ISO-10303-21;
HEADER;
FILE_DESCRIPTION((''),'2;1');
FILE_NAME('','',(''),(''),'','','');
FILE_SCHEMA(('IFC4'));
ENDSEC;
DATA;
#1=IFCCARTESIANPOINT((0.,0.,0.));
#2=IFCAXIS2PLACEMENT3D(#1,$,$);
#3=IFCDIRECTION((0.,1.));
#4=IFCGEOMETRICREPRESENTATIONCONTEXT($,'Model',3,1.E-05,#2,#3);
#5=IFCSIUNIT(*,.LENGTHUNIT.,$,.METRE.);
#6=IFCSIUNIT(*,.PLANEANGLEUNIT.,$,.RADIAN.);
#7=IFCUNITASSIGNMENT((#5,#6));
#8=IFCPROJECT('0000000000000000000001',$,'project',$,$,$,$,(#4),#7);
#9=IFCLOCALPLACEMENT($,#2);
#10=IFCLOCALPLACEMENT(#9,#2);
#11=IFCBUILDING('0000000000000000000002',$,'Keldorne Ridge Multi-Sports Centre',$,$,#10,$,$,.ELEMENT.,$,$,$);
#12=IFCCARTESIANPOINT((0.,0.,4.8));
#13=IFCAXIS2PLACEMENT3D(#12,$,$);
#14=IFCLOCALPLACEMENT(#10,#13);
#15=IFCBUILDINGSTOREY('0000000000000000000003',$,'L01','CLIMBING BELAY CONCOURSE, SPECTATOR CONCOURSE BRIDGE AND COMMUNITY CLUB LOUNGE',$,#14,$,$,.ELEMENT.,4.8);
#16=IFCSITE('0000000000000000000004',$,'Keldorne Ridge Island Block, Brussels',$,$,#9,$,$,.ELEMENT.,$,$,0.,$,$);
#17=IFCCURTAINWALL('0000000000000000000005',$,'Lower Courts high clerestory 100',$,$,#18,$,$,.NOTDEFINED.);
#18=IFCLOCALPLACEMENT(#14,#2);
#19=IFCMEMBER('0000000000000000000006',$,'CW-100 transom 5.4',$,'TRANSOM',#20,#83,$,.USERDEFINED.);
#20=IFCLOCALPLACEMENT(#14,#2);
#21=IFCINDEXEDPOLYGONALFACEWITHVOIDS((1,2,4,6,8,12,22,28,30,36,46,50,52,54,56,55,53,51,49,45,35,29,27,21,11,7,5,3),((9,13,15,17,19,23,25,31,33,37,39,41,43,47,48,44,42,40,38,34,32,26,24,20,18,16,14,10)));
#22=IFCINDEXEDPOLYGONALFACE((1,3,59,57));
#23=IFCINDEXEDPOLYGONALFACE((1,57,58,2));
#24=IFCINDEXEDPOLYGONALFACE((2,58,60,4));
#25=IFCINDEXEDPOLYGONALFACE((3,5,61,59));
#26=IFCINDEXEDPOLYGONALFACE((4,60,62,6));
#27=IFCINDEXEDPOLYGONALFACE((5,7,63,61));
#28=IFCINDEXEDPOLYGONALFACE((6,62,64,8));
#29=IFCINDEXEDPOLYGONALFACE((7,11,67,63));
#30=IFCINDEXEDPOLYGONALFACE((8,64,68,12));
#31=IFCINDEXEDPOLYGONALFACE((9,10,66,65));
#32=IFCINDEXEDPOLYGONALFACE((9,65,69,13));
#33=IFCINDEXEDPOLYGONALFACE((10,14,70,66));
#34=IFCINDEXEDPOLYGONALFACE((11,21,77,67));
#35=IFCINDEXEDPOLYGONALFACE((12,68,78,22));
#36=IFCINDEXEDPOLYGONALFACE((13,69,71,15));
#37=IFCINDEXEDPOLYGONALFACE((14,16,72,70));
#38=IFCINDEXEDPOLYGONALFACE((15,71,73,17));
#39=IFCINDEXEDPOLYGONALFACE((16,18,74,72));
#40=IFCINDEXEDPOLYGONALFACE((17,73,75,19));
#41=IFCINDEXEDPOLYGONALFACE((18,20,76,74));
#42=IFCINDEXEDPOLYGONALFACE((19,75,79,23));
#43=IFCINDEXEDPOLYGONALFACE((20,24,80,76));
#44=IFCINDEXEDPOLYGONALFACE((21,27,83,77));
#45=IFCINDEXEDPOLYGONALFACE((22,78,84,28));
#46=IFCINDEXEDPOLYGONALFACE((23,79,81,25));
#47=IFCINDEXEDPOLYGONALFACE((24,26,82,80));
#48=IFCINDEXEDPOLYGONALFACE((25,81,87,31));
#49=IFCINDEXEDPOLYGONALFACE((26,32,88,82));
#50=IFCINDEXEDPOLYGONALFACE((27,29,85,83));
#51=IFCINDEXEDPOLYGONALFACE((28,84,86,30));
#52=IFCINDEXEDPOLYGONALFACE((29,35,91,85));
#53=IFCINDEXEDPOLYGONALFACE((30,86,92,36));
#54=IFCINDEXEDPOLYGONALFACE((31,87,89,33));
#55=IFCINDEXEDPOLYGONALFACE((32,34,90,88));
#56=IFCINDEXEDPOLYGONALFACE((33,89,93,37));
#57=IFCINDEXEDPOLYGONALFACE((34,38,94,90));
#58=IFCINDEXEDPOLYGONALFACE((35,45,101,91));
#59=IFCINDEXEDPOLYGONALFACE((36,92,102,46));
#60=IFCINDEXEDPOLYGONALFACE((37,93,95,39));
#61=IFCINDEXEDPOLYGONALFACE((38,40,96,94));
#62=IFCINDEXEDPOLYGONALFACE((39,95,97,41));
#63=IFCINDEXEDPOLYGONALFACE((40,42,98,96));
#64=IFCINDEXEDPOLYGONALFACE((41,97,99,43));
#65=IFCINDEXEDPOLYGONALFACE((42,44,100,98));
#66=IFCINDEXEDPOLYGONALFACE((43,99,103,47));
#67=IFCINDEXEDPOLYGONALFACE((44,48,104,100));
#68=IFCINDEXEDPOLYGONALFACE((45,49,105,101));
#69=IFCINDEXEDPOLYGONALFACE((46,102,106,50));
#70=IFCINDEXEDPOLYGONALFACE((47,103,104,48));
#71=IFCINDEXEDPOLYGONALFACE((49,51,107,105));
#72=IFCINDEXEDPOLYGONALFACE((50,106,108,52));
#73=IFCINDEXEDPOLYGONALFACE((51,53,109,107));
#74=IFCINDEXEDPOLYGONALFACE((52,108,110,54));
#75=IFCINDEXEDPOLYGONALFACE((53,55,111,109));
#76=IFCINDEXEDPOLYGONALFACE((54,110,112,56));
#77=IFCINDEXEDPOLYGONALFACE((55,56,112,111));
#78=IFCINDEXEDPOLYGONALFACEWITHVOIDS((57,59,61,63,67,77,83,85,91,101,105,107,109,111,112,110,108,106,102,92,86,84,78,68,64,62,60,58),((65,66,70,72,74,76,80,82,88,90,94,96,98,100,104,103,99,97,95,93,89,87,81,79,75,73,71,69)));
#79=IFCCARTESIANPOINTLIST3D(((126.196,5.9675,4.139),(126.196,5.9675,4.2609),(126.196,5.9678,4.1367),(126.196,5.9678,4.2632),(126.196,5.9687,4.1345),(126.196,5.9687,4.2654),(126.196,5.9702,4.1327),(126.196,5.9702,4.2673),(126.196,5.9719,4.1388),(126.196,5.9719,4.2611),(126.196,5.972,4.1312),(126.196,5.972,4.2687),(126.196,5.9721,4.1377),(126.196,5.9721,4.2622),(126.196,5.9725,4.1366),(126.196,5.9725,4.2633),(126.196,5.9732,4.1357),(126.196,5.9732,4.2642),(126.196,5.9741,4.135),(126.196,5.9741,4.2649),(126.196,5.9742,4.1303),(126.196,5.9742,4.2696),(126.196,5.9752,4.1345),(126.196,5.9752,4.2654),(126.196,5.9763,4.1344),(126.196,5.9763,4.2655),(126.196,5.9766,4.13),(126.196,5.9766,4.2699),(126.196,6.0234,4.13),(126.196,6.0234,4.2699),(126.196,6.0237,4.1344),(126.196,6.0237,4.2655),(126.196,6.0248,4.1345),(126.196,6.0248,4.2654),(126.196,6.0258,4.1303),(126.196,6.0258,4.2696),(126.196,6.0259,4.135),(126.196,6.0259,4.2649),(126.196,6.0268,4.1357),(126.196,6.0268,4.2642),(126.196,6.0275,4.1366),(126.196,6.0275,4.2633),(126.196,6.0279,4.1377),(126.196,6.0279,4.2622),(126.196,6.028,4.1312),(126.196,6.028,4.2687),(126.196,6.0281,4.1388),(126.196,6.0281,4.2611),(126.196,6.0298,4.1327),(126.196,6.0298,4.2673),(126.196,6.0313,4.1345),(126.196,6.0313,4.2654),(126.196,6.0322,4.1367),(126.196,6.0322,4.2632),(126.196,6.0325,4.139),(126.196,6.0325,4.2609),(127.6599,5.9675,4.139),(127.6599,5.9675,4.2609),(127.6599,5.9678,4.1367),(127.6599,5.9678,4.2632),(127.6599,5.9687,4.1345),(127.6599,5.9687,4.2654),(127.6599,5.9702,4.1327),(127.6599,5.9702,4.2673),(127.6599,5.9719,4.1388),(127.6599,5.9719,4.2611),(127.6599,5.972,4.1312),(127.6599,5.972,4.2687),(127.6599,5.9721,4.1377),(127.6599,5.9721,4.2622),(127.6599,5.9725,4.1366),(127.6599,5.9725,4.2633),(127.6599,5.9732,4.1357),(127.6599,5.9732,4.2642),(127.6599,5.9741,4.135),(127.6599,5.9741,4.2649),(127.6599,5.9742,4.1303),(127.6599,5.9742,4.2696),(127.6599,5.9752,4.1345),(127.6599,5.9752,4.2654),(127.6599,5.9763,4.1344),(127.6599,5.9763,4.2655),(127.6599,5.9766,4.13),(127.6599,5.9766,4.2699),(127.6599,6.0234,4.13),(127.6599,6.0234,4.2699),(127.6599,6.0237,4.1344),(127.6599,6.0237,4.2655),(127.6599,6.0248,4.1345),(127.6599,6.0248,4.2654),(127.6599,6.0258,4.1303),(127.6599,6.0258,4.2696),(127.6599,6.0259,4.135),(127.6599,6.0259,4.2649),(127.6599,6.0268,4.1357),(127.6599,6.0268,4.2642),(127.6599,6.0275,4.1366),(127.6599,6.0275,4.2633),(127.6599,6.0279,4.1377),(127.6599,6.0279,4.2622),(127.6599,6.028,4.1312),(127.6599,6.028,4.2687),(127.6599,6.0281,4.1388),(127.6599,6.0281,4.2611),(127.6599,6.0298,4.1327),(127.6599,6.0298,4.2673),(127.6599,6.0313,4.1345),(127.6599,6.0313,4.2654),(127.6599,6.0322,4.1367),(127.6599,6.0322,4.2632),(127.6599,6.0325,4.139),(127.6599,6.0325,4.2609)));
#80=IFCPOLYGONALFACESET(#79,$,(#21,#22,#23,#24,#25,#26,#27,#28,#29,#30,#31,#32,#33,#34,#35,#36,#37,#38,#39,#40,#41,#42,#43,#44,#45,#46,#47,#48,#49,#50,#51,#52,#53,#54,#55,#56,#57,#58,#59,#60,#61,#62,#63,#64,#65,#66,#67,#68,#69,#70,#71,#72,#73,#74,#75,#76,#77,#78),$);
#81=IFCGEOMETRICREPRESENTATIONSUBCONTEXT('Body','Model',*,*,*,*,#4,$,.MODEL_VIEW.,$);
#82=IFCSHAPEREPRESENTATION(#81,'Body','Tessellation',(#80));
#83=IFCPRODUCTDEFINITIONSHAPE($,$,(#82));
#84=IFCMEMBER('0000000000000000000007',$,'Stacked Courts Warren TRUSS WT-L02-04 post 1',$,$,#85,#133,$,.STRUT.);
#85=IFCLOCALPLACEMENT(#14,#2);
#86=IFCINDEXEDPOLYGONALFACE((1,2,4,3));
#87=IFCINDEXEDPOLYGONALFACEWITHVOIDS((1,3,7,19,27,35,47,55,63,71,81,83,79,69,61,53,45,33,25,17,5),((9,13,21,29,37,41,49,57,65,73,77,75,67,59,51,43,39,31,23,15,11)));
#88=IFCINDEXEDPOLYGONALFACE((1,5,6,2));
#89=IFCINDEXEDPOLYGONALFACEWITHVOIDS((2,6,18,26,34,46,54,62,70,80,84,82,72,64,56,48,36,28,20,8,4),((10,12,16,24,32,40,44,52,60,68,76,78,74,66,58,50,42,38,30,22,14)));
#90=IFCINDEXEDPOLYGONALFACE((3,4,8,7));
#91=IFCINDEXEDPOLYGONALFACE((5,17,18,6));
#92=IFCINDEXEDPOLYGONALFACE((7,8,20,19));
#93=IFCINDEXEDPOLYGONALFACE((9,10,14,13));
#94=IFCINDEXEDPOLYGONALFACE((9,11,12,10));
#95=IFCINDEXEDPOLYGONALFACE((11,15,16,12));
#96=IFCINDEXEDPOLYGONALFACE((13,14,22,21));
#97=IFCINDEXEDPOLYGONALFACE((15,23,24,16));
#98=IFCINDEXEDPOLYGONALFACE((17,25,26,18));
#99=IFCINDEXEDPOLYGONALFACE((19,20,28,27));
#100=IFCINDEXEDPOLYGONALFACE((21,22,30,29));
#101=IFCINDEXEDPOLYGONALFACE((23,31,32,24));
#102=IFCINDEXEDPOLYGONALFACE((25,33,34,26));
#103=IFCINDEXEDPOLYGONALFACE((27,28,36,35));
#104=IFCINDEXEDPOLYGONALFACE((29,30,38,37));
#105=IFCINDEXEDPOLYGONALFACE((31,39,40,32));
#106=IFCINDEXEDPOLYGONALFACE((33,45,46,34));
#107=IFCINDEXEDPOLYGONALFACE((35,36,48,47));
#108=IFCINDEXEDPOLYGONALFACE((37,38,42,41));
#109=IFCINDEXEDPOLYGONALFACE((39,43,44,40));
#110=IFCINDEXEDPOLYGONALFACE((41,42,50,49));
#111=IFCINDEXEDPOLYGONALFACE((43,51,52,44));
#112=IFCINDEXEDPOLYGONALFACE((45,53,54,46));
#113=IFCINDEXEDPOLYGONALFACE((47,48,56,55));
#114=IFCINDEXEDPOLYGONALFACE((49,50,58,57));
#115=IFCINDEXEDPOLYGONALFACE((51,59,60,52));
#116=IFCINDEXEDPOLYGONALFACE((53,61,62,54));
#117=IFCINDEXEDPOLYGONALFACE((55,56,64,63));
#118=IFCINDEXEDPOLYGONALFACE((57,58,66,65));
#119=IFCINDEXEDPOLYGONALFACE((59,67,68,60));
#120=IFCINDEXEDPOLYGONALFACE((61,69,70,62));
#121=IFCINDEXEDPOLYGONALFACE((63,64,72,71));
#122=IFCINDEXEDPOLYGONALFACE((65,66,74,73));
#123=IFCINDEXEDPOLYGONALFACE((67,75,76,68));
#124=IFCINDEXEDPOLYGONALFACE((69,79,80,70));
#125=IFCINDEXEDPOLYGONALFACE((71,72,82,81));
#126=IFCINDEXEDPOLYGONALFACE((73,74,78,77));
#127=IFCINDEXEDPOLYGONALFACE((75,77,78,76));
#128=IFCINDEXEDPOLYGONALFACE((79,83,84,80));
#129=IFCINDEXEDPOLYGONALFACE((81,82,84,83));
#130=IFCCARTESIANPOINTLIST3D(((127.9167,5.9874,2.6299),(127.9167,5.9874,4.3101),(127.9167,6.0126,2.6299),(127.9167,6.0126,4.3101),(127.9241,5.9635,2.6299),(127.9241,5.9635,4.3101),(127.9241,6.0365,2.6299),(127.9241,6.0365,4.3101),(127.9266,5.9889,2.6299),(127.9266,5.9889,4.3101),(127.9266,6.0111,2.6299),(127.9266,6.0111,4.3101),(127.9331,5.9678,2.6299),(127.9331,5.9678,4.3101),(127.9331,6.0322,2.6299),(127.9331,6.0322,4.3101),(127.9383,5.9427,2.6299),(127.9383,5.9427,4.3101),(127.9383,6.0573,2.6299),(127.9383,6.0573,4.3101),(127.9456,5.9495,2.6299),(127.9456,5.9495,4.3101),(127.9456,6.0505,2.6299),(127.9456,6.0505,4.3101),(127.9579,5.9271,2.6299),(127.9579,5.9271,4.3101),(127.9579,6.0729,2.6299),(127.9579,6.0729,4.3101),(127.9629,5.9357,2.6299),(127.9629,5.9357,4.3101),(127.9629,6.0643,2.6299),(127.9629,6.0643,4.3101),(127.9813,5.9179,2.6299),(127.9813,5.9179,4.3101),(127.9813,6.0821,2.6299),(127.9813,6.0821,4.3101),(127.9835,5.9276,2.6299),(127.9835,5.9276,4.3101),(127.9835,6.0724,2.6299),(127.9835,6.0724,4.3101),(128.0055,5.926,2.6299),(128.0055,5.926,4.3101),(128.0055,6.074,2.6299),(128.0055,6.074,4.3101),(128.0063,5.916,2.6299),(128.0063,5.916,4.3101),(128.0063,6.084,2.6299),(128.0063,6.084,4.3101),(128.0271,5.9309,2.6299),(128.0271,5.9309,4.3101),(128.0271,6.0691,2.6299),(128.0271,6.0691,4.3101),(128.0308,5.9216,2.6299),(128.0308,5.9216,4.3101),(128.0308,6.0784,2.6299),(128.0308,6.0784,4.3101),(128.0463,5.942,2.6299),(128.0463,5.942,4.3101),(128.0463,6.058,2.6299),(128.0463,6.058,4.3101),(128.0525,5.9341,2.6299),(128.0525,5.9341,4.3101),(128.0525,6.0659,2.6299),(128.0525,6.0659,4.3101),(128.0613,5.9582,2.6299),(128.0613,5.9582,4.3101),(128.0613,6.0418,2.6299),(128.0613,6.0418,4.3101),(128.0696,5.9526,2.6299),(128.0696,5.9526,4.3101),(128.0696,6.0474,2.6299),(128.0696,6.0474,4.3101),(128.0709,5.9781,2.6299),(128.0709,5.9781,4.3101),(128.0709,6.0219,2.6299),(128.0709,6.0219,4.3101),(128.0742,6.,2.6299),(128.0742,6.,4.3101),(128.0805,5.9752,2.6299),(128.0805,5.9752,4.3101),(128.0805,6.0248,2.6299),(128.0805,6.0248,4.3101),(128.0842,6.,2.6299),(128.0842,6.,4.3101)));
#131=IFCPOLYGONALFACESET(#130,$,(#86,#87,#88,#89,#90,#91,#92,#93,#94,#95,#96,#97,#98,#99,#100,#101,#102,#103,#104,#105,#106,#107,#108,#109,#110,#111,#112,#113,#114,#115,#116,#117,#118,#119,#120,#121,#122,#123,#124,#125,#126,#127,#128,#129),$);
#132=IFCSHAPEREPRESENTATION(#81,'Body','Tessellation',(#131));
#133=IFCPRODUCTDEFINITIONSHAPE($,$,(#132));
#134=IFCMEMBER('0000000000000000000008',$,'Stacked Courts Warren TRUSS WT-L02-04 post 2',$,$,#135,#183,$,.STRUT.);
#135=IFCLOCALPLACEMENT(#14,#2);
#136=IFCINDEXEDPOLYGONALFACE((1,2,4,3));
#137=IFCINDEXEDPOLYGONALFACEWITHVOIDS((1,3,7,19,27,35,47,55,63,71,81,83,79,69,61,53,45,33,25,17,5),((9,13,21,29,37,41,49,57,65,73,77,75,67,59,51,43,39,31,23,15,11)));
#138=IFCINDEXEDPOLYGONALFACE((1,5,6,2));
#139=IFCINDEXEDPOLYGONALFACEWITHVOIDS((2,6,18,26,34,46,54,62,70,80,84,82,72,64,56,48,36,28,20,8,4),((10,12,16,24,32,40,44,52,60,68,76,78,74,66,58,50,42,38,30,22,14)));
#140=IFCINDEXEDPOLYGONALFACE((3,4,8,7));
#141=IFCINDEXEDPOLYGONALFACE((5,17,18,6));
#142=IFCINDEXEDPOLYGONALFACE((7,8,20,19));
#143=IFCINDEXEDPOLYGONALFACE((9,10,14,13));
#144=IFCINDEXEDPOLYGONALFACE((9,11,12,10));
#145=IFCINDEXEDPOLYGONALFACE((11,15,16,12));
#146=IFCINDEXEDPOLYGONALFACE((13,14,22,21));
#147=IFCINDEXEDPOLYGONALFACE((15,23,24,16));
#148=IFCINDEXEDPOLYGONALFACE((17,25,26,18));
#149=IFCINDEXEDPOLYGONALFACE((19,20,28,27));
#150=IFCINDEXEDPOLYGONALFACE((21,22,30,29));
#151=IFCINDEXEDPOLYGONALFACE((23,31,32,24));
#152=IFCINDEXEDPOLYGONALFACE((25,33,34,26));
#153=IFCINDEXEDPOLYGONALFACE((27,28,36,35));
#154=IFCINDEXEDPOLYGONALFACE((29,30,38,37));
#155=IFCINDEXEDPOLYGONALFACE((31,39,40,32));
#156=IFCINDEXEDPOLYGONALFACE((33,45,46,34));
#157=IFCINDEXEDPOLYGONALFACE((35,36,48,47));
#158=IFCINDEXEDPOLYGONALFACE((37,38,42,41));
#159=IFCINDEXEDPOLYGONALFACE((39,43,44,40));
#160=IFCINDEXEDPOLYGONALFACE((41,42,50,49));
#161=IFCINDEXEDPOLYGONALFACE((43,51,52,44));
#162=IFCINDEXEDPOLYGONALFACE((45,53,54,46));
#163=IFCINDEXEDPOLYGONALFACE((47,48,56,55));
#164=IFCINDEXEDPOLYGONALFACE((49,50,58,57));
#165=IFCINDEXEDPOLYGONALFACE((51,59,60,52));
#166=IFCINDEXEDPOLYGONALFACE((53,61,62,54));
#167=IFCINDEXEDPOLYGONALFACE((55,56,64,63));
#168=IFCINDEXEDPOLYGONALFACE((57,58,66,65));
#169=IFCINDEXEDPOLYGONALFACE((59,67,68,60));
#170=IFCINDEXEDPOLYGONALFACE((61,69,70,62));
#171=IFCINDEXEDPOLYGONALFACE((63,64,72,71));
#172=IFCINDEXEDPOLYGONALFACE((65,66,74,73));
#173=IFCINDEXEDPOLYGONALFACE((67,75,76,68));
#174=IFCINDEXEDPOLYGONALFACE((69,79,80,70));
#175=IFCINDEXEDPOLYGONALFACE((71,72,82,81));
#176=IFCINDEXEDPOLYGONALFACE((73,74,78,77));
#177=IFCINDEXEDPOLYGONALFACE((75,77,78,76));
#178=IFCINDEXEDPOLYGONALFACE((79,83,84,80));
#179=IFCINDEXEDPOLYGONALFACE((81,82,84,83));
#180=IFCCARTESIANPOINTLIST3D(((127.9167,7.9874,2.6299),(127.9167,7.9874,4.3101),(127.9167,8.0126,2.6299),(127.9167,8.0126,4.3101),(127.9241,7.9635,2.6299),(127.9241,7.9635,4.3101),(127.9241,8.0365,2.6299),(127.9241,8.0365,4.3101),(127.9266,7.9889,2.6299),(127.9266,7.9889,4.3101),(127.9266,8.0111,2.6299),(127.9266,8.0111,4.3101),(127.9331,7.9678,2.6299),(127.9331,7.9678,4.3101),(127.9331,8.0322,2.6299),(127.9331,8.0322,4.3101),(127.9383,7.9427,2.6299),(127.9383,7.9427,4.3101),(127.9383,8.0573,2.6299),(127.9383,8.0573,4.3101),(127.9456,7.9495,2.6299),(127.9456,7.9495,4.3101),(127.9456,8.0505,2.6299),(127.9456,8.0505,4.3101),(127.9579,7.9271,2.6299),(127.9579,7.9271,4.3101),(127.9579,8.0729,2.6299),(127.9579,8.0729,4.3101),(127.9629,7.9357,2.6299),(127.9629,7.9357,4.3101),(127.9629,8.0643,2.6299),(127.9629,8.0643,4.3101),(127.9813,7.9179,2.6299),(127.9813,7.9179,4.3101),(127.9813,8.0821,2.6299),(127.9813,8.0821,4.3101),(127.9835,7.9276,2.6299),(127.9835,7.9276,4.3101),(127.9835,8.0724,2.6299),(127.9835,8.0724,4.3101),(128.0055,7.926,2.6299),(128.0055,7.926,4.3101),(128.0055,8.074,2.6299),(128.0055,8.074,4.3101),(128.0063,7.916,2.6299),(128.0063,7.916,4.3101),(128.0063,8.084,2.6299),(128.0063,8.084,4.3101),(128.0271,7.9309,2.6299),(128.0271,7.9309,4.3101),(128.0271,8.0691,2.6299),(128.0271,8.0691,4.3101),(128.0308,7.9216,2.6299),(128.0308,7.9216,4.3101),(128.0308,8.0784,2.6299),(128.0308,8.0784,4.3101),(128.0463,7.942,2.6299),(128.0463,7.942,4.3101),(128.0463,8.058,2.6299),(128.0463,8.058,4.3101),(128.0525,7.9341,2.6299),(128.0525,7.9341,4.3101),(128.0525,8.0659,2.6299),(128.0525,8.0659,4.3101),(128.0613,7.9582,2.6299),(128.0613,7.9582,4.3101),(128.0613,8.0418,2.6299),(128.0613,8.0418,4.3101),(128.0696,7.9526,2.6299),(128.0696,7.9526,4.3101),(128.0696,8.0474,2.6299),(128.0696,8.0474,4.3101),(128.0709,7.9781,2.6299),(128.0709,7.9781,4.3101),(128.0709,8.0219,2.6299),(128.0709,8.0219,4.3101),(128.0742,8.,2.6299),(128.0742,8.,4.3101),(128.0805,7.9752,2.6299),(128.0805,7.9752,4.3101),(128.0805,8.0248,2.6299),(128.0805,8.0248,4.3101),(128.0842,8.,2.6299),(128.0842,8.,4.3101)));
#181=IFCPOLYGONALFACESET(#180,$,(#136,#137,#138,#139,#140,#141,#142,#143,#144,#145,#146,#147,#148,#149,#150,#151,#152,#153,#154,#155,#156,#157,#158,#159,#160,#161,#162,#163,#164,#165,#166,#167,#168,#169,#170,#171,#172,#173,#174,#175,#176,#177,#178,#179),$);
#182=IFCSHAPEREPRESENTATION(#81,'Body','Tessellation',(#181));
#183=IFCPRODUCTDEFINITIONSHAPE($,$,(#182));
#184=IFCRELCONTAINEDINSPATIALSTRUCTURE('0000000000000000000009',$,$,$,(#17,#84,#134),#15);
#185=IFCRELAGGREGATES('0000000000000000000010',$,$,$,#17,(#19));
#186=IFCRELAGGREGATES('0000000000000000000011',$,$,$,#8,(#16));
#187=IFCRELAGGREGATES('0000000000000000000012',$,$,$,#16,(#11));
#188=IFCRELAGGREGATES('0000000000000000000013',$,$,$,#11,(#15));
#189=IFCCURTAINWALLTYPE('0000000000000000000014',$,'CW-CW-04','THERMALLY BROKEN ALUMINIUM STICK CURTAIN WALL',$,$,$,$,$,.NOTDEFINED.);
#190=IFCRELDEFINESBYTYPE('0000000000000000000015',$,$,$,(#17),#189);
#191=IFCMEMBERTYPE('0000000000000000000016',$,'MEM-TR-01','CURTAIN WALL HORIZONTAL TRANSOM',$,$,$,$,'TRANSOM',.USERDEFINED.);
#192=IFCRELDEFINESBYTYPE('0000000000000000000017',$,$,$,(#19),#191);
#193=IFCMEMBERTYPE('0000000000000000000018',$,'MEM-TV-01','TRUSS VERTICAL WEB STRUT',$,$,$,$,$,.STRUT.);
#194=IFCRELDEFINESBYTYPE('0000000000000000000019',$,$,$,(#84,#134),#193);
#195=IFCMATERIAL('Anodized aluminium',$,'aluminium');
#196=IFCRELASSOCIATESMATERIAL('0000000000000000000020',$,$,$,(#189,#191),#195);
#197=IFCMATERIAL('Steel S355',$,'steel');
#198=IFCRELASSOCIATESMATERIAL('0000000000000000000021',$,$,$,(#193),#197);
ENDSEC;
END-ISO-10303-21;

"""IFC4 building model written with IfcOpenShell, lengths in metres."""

from ifc_helpers import new_model, si_unit, direction, frame, origin, origin_2d, place, context, subcontext, project, spatial, hollow_rectangle, hollow_circle, extrude, material, material_profile, profile_set, type_object, element, aggregate, save


model = new_model("IFC4")

# Units and contexts
model_context = context("Model", 3, precision=1e-05, world=origin(), true_north=direction((0.0, 1.0)))
body_context = subcontext(model_context, "Body", "Model", "MODEL_VIEW")
ifc_project = project(units=[si_unit("LENGTHUNIT", "METRE"), si_unit("PLANEANGLEUNIT", "RADIAN")], contexts=[model_context])

# Site, building, storey
site_placement = place(None, origin())
site = spatial("IfcSite", under=ifc_project, at=site_placement, Name="Keldorne Ridge Island Block, Brussels", CompositionType="ELEMENT", RefElevation=0.0)
building_placement = place(site_placement, origin())
building = spatial("IfcBuilding", under=site, at=building_placement, Name="Keldorne Ridge Multi-Sports Centre", CompositionType="ELEMENT")
storey_placement = place(building_placement, frame((0.0, 0.0, 4.8)))
storey = spatial("IfcBuildingStorey", under=building, at=storey_placement, Name="L01", Description="CLIMBING BELAY CONCOURSE, SPECTATOR CONCOURSE BRIDGE AND COMMUNITY CLUB LOUNGE", CompositionType="ELEMENT", Elevation=4.8)

# Shared definitions
ifc_material_1 = material(Name="Steel S355", Category="steel")

# Curtain wall
ifc_material_2 = material(Name="Anodized aluminium", Category="aluminium")
curtain_wall_type = type_object("IfcCurtainWallType", Name="CW-CW-04", Description="THERMALLY BROKEN ALUMINIUM STICK CURTAIN WALL", PredefinedType="NOTDEFINED", material=ifc_material_2)
curtain_wall_placement = place(storey_placement, origin())
curtain_wall = element("IfcCurtainWall", 1, at=curtain_wall_placement, inside=storey, type_object=curtain_wall_type, Name="Lower Courts high clerestory 100", PredefinedType="NOTDEFINED")

# Member
ifc_material_profile_1 = material_profile(ifc_material_2, hollow_rectangle(XDim=0.0649, YDim=0.1399, WallThickness=0.0044, InnerFilletRadius=0.0044, OuterFilletRadius=0.009, at=origin_2d()), Name="ALU TRANSOM 140x65x4.5")
ifc_profile_set_1 = profile_set([ifc_material_profile_1], Name="Anodized aluminium")
member_type_1 = type_object("IfcMemberType", Name="MEM-TR-01", Description="CURTAIN WALL HORIZONTAL TRANSOM", ElementType="TRANSOM", PredefinedType="USERDEFINED", material=ifc_profile_set_1)
member_1_placement = place(storey_placement, frame((126.196, 6.0, 4.2), z_axis=(1.0, 0.0, 0.0), x_axis=(0.0, 1.0, 0.0)))
member_1 = element("IfcMember", 2, at=member_1_placement, type_object=member_type_1, Name="CW-100 transom 5.4", ObjectType="TRANSOM", PredefinedType="USERDEFINED", context=body_context, shape_type="SweptSolid", body=[
    extrude(hollow_rectangle(XDim=0.0649, YDim=0.1399, WallThickness=0.0044, InnerFilletRadius=0.0044, OuterFilletRadius=0.009, at=origin_2d()), origin(), (0.0, 0.0, 1.0), 1.4639),
])

# Members
ifc_material_profile_2 = material_profile(ifc_material_1, hollow_circle(Radius=0.0842, WallThickness=0.01, at=origin_2d()), Name="CHS 168.3x10")
ifc_profile_set_2 = profile_set([ifc_material_profile_2], Name="Steel S355")
member_type_2 = type_object("IfcMemberType", Name="MEM-TV-01", Description="TRUSS VERTICAL WEB STRUT", PredefinedType="STRUT", material=ifc_profile_set_2)
for number, where, z_axis, x_axis, name in (
    (3, (128.0, 6.0, 2.6299), (0.0, 0.0, 1.0), (1.0, 0.0, 0.0), "Stacked Courts Warren TRUSS WT-L02-04 post 1"),
    (4, (128.0, 8.0, 2.6299), (0.0, 0.0, 1.0), (1.0, 0.0, 0.0), "Stacked Courts Warren TRUSS WT-L02-04 post 2"),
):
    element("IfcMember", number, at=place(storey_placement, frame(where, z_axis=z_axis, x_axis=x_axis)), inside=storey, type_object=member_type_2, Name=name, PredefinedType="STRUT", context=body_context, shape_type="SweptSolid", body=[
        extrude(hollow_circle(Radius=0.0842, WallThickness=0.01, at=origin_2d()), origin(), (0.0, 0.0, 1.0), 1.6802),
    ])

aggregate(curtain_wall, [member_1])

save(model, "model.ifc")
